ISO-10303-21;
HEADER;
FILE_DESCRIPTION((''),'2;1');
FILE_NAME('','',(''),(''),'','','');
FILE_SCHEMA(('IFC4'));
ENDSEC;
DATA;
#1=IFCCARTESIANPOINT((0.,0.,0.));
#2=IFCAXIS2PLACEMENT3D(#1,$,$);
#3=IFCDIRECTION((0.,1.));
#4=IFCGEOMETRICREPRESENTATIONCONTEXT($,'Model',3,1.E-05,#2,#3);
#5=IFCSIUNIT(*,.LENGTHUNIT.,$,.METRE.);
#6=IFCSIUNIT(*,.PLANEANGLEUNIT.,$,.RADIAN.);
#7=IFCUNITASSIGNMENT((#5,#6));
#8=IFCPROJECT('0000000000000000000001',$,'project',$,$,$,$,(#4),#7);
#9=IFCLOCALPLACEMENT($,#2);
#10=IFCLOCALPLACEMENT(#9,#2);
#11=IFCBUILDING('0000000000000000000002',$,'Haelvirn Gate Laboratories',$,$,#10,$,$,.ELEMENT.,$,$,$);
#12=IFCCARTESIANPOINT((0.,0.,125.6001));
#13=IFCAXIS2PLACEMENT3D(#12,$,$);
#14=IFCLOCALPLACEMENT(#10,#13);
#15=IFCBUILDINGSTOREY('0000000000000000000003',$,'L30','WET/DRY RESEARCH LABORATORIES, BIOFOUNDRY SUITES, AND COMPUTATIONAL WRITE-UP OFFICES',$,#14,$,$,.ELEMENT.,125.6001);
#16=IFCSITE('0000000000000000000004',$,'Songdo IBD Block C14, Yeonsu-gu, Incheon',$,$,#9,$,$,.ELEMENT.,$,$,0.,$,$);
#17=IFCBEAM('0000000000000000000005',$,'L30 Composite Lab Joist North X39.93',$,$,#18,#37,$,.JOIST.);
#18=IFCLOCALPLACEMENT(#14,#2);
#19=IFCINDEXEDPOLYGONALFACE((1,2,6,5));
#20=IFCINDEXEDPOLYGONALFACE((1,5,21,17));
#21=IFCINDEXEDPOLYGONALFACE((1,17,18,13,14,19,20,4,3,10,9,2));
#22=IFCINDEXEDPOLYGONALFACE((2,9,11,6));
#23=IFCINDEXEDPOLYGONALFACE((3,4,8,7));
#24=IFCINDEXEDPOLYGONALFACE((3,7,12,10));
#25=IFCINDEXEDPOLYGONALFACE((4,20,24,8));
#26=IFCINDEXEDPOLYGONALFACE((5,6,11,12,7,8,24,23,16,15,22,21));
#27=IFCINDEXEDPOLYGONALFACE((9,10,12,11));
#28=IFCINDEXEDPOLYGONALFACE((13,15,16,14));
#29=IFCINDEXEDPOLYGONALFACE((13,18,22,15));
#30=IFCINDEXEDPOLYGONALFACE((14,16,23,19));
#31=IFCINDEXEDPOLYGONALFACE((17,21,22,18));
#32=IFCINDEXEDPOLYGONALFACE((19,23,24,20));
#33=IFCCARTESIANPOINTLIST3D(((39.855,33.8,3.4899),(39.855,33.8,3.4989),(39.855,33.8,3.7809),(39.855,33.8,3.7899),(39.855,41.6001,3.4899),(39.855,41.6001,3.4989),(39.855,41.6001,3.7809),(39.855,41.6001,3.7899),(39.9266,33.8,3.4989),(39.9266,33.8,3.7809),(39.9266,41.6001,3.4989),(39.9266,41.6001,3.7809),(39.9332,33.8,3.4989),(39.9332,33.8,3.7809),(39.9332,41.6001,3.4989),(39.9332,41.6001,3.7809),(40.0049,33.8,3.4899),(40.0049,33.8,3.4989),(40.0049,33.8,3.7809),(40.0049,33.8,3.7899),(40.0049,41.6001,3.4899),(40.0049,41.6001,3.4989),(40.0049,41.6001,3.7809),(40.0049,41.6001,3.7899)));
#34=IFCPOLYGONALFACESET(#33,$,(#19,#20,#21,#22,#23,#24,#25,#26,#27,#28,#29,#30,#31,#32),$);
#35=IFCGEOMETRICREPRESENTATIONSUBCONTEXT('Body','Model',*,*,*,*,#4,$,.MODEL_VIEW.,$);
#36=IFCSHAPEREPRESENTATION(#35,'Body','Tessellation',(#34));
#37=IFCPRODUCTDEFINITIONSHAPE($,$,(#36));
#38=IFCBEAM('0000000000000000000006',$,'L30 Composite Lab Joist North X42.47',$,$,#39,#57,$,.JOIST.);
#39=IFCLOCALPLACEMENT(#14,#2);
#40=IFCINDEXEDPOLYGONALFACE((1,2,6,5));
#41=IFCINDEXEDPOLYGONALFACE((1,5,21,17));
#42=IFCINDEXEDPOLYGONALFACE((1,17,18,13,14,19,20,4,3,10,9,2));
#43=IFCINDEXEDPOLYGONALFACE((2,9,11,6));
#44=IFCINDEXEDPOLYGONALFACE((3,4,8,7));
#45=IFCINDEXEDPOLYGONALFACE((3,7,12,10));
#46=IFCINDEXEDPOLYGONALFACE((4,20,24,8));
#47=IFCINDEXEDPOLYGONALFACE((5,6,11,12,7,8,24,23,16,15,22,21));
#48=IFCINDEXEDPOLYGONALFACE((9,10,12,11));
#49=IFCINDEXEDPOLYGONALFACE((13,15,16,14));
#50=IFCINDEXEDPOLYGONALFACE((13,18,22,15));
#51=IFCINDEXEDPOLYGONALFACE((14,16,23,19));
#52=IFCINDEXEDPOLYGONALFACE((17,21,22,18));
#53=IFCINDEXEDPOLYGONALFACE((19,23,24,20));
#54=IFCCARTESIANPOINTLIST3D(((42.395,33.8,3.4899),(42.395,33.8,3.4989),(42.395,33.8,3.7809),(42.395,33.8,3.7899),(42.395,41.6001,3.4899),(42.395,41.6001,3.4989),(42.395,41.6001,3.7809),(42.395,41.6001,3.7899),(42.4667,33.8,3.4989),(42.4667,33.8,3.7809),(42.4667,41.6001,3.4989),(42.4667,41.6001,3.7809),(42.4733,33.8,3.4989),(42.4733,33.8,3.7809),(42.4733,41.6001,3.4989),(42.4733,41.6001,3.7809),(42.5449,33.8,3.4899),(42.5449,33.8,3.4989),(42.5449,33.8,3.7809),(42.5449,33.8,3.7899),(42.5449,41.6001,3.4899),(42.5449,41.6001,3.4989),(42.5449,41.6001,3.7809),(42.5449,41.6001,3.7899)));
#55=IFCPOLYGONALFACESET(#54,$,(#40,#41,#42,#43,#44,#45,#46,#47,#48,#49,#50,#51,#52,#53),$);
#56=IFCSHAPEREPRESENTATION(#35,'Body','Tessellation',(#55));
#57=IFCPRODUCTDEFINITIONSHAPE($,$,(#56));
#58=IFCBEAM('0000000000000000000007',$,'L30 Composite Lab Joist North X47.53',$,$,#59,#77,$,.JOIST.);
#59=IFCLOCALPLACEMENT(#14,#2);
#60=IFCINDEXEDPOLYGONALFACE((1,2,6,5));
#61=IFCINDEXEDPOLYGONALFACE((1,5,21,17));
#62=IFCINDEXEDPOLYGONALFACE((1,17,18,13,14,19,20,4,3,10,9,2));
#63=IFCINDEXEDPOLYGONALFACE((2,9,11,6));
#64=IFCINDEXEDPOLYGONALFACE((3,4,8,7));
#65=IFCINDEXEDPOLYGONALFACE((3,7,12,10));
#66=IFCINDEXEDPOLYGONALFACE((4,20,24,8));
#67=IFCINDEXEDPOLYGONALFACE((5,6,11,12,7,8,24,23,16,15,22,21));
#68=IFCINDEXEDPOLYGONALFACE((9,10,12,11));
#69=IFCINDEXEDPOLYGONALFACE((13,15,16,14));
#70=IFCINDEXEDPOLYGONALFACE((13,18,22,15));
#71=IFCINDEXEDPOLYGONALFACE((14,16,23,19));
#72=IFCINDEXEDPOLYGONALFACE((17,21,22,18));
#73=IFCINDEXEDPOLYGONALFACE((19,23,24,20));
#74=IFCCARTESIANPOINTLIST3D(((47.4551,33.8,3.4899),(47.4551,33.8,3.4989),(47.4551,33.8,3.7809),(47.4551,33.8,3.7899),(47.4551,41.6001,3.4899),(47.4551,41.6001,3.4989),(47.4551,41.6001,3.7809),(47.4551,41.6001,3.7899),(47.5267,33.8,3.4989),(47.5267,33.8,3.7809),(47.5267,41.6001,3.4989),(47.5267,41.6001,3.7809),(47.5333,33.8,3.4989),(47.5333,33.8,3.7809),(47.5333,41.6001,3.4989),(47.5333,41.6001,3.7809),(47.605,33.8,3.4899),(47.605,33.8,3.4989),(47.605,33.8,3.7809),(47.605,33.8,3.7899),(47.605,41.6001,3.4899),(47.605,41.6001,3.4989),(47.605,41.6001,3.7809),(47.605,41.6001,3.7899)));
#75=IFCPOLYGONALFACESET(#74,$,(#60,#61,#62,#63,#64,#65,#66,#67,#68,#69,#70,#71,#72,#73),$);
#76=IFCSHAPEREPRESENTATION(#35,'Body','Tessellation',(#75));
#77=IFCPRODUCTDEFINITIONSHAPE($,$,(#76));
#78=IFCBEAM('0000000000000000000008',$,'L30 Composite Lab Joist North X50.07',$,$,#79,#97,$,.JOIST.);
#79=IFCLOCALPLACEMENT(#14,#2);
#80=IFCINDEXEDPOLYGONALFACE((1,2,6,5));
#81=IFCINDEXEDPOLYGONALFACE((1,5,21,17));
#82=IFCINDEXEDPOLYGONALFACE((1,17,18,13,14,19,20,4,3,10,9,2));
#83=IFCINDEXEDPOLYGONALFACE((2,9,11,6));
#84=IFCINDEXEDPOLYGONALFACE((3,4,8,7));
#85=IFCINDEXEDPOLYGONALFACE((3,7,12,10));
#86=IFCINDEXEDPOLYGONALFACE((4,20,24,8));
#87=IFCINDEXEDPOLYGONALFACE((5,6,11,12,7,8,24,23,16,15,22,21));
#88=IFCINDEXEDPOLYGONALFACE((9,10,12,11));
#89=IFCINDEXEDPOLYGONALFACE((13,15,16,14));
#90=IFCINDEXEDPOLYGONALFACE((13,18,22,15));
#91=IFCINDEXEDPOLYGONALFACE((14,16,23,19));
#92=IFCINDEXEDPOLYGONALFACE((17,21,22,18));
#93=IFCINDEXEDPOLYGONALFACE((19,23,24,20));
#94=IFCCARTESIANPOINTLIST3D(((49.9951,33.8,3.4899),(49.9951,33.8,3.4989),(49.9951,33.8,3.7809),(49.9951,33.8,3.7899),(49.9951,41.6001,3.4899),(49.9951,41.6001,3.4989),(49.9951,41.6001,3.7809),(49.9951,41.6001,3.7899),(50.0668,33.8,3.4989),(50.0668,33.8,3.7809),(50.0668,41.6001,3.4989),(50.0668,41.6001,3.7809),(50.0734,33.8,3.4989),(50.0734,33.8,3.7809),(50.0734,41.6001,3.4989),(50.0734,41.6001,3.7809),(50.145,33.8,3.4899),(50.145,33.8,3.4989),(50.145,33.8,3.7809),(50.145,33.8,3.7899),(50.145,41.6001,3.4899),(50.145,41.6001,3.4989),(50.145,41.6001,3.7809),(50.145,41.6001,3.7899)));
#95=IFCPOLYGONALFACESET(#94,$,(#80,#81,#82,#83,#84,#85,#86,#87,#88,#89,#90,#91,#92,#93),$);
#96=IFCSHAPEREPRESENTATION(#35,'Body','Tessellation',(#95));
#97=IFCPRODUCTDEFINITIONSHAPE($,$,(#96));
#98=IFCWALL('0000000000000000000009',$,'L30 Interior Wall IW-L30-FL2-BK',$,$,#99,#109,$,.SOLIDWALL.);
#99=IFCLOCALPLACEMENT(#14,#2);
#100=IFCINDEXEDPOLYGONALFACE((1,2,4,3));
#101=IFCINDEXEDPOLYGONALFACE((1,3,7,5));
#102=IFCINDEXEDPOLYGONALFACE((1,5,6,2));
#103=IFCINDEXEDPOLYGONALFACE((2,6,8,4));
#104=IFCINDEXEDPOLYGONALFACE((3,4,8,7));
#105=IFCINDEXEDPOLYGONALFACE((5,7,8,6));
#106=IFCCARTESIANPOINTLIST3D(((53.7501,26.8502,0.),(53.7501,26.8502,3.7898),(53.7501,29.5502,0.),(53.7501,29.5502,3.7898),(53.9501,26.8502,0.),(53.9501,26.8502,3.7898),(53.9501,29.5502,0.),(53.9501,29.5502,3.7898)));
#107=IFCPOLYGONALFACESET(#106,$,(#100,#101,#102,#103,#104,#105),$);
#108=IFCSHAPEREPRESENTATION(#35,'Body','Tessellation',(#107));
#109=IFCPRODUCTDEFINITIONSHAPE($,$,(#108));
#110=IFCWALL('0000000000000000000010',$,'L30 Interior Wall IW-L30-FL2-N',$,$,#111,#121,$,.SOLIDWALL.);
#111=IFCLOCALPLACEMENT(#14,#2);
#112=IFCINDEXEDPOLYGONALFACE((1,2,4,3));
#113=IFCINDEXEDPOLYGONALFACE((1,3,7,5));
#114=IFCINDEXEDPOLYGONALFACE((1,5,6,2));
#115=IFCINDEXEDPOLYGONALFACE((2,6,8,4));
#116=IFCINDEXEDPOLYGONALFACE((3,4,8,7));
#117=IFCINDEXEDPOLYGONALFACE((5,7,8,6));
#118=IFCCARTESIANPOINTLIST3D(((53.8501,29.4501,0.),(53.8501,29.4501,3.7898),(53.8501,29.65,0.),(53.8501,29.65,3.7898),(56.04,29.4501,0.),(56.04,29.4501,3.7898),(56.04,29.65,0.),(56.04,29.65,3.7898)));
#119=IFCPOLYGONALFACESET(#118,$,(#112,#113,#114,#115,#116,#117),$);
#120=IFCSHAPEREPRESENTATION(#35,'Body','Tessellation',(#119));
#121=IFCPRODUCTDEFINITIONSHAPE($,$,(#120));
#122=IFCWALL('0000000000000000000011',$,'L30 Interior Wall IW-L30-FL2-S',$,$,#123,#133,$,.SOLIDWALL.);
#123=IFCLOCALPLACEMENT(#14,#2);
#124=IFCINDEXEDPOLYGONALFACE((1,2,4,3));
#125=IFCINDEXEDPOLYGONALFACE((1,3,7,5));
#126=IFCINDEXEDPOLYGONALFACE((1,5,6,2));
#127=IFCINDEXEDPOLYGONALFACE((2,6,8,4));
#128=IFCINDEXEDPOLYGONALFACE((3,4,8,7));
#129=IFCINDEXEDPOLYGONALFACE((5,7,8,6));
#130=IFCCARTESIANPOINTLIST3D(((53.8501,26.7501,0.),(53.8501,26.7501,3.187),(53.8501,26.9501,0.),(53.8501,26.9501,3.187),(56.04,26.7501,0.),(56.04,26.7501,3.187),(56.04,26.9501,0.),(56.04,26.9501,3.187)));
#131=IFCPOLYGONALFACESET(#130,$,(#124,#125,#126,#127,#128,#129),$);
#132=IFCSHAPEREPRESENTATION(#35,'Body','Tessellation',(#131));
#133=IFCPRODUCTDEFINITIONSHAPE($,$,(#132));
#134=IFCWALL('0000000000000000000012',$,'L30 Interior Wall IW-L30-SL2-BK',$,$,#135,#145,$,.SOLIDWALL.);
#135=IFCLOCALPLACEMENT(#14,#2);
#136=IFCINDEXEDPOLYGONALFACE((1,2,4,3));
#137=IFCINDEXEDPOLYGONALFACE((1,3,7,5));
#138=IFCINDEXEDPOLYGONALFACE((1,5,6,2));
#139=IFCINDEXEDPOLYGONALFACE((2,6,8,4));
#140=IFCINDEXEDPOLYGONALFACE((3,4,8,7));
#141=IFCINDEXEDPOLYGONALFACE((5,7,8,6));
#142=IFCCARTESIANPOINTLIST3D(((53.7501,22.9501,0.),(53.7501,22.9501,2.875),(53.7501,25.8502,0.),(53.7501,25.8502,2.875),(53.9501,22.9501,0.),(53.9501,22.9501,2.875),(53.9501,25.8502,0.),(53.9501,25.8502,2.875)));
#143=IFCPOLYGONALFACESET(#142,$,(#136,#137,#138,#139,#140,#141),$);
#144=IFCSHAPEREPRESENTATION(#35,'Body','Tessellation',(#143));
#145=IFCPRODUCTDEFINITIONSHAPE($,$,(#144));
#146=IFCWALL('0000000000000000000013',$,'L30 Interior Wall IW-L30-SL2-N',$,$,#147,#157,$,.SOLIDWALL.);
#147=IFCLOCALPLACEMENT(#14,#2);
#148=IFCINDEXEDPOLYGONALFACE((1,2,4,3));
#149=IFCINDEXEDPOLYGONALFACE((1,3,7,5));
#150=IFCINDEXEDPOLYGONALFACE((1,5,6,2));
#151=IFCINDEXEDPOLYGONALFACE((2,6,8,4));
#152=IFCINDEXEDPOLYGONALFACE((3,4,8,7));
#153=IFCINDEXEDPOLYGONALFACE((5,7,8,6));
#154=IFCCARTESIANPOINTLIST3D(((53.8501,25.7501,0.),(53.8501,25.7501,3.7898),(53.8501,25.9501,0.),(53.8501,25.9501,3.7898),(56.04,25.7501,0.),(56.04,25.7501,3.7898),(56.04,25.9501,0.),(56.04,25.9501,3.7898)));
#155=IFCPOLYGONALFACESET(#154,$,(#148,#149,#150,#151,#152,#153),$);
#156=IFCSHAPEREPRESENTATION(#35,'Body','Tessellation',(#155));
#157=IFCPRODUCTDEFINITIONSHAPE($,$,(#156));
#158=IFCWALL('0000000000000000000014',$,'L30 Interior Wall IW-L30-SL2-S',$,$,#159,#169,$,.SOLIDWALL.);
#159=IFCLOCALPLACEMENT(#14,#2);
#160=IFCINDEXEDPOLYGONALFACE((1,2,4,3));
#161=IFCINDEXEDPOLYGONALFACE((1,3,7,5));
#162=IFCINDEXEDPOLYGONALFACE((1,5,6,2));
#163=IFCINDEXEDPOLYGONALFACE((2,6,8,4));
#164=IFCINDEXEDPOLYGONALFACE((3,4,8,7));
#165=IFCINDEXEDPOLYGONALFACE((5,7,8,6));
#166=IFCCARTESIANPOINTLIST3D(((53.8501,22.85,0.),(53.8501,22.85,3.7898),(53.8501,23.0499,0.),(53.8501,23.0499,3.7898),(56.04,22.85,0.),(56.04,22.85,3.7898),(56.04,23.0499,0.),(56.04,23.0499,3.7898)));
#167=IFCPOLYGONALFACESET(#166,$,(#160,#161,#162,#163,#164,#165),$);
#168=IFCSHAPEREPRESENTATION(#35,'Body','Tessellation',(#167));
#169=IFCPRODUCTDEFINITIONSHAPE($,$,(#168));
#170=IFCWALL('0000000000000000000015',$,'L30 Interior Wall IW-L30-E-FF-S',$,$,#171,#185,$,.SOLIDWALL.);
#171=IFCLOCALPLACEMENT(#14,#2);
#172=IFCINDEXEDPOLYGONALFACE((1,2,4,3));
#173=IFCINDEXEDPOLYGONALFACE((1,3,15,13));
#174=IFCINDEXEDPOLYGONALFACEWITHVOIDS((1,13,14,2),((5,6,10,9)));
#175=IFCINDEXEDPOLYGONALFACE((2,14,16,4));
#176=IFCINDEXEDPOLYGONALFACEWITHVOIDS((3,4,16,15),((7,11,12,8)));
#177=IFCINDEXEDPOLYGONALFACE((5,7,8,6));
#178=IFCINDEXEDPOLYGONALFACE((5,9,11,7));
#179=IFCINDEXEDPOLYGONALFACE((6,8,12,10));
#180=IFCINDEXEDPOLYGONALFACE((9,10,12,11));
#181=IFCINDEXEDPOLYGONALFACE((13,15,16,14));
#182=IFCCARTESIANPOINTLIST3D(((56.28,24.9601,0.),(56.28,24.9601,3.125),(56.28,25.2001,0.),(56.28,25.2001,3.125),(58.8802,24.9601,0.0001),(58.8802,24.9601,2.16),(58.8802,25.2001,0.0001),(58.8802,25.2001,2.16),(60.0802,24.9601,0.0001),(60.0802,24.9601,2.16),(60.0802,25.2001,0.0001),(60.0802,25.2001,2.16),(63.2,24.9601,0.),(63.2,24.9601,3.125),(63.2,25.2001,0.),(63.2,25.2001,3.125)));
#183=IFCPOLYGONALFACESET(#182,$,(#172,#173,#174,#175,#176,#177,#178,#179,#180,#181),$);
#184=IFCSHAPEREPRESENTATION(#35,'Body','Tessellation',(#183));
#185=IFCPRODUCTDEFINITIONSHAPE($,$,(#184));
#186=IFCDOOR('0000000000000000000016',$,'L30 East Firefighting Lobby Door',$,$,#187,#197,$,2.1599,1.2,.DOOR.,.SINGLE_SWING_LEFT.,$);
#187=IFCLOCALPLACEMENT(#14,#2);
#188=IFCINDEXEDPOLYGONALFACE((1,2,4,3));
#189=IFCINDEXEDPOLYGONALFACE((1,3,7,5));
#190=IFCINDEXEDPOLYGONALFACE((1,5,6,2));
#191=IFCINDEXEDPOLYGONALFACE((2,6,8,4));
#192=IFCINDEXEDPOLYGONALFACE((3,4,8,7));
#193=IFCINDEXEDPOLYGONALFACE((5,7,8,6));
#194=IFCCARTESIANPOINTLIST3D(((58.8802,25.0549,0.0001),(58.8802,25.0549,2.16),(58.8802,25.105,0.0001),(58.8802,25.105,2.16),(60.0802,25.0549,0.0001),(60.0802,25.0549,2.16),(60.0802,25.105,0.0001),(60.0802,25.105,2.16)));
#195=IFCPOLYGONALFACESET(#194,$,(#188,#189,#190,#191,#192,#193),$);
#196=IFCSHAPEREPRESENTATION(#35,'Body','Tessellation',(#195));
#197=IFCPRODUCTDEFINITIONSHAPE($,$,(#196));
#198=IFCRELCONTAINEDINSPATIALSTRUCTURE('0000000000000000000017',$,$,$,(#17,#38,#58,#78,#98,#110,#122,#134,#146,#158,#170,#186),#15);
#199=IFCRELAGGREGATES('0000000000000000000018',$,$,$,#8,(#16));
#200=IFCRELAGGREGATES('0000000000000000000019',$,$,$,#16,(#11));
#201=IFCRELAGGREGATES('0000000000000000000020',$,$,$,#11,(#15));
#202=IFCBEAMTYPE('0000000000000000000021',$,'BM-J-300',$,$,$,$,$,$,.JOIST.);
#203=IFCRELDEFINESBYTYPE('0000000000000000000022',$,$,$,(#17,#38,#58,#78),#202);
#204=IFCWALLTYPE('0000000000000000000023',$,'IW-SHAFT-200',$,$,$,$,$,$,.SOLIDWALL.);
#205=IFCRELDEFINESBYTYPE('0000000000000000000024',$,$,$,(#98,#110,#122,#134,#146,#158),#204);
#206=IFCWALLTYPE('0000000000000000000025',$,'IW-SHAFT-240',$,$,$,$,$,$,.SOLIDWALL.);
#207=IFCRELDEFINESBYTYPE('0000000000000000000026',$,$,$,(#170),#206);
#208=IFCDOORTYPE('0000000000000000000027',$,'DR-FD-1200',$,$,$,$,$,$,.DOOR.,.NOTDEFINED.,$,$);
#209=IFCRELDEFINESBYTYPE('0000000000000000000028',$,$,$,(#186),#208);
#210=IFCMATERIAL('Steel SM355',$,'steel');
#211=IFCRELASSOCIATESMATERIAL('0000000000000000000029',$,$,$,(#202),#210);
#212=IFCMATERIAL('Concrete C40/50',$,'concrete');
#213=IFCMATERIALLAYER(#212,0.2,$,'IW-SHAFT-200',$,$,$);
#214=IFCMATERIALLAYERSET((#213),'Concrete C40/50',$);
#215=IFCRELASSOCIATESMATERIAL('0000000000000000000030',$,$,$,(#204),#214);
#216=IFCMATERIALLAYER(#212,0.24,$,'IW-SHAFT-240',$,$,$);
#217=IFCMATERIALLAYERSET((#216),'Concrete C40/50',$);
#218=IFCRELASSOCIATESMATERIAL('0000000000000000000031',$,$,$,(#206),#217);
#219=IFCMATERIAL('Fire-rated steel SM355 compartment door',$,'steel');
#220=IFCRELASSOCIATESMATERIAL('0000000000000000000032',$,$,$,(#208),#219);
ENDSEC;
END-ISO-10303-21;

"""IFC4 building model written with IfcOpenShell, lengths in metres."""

from ifc_helpers import new_model, si_unit, direction, frame, frame_2d, origin, origin_2d, place, context, subcontext, project, spatial, rectangle, i_section, extrude, source, transform, mapped, material, layer, layer_set, material_profile, profile_set, type_object, type_shapes, element, fill, save


model = new_model("IFC4")

# Units and contexts
model_context = context("Model", 3, precision=1e-05, world=origin(), true_north=direction((0.0, 1.0)))
body_context = subcontext(model_context, "Body", "Model", "MODEL_VIEW")
ifc_project = project(units=[si_unit("LENGTHUNIT", "METRE"), si_unit("PLANEANGLEUNIT", "RADIAN")], contexts=[model_context])

# Site, building, storey
site_placement = place(None, origin())
site = spatial("IfcSite", under=ifc_project, at=site_placement, Name="Songdo IBD Block C14, Yeonsu-gu, Incheon", CompositionType="ELEMENT", RefElevation=0.0)
building_placement = place(site_placement, origin())
building = spatial("IfcBuilding", under=site, at=building_placement, Name="Haelvirn Gate Laboratories", CompositionType="ELEMENT")
storey_placement = place(building_placement, frame((0.0, 0.0, 125.6001)))
storey = spatial("IfcBuildingStorey", under=building, at=storey_placement, Name="L30", Description="WET/DRY RESEARCH LABORATORIES, BIOFOUNDRY SUITES, AND COMPUTATIONAL WRITE-UP OFFICES", CompositionType="ELEMENT", Elevation=125.6001)

# Shared definitions
ifc_material_1 = material(Name="Steel SM355", Category="steel")

# Beams
ifc_material_profile_1 = material_profile(ifc_material_1, i_section(OverallWidth=0.1499, OverallDepth=0.3, WebThickness=0.0066, FlangeThickness=0.009, at=origin_2d()), Name="H-300x150x6.5x9")
ifc_profile_set_1 = profile_set([ifc_material_profile_1], Name="Steel SM355")
beam_type_1 = type_object("IfcBeamType", Name="BM-J-300", PredefinedType="JOIST", material=ifc_profile_set_1)
shared_shape_1 = source(origin(), body_context, "Body", "SweptSolid", [
    extrude(i_section(OverallWidth=0.1499, OverallDepth=0.3, WebThickness=0.0066, FlangeThickness=0.009, at=origin_2d()), origin(), (0.0, 0.0, 1.0), 7.8),
])
type_shapes(beam_type_1, [shared_shape_1])
for number, where, z_axis, x_axis, name in (
    (1, (39.9299, 33.8, 3.6399), (0.0, 1.0, 0.0), (-1.0, 0.0, 0.0), "L30 Composite Lab Joist North X39.93"),
    (2, (42.47, 33.8, 3.6399), (0.0, 1.0, 0.0), (-1.0, 0.0, 0.0), "L30 Composite Lab Joist North X42.47"),
    (3, (47.53, 33.8, 3.6399), (0.0, 1.0, 0.0), (-1.0, 0.0, 0.0), "L30 Composite Lab Joist North X47.53"),
    (4, (50.0701, 33.8, 3.6399), (0.0, 1.0, 0.0), (-1.0, 0.0, 0.0), "L30 Composite Lab Joist North X50.07"),
):
    element("IfcBeam", number, at=place(storey_placement, frame(where, z_axis=z_axis, x_axis=x_axis)), inside=storey, type_object=beam_type_1, Name=name, PredefinedType="JOIST", context=body_context, shape_type="MappedRepresentation", body=[
        mapped(shared_shape_1, transform((0.0, 0.0, 0.0), scale=1.0)),
    ])

# Walls
ifc_material_2 = material(Name="Concrete C40/50", Category="concrete")
ifc_layer_1 = layer(ifc_material_2, 0.2, Name="IW-SHAFT-200")
ifc_layer_set_1 = layer_set([ifc_layer_1], Name="Concrete C40/50")
wall_type_1 = type_object("IfcWallType", Name="IW-SHAFT-200", PredefinedType="SOLIDWALL", material=ifc_layer_set_1)
wall_1_placement = place(storey_placement, frame((53.8501, 26.8501, 0.0), z_axis=(0.0, 0.0, 1.0), x_axis=(0.0, 1.0, 0.0)))
element("IfcWall", 5, at=wall_1_placement, inside=storey, type_object=wall_type_1, Name="L30 Interior Wall IW-L30-FL2-BK", PredefinedType="SOLIDWALL", context=body_context, shape_type="SweptSolid", body=[
    extrude(rectangle(XDim=2.7, YDim=0.2, at=frame_2d((1.3501, 0.0))), origin(), (0.0, 0.0, 1.0), 3.7898),
])
wall_2_placement = place(storey_placement, frame((53.8501, 29.55, 0.0), z_axis=(0.0, 0.0, 1.0), x_axis=(1.0, 0.0, 0.0)))
element("IfcWall", 6, at=wall_2_placement, inside=storey, type_object=wall_type_1, Name="L30 Interior Wall IW-L30-FL2-N", PredefinedType="SOLIDWALL", context=body_context, shape_type="SweptSolid", body=[
    extrude(rectangle(XDim=2.1899, YDim=0.2, at=frame_2d((1.095, 0.0))), origin(), (0.0, 0.0, 1.0), 3.7898),
])
wall_3_placement = place(storey_placement, frame((53.8501, 26.8501, 0.0), z_axis=(0.0, 0.0, 1.0), x_axis=(1.0, 0.0, 0.0)))
element("IfcWall", 7, at=wall_3_placement, inside=storey, type_object=wall_type_1, Name="L30 Interior Wall IW-L30-FL2-S", PredefinedType="SOLIDWALL", context=body_context, shape_type="SweptSolid", body=[
    extrude(rectangle(XDim=2.1899, YDim=0.2, at=frame_2d((1.095, 0.0))), origin(), (0.0, 0.0, 1.0), 3.187),
])
wall_4_placement = place(storey_placement, frame((53.8501, 22.95, 0.0), z_axis=(0.0, 0.0, 1.0), x_axis=(0.0, 1.0, 0.0)))
element("IfcWall", 8, at=wall_4_placement, inside=storey, type_object=wall_type_1, Name="L30 Interior Wall IW-L30-SL2-BK", PredefinedType="SOLIDWALL", context=body_context, shape_type="SweptSolid", body=[
    extrude(rectangle(XDim=2.9001, YDim=0.2, at=frame_2d((1.4502, 0.0))), origin(), (0.0, 0.0, 1.0), 2.875),
])
for number, where, z_axis, x_axis, name in (
    (9, (53.8501, 25.8501, 0.0), (0.0, 0.0, 1.0), (1.0, 0.0, 0.0), "L30 Interior Wall IW-L30-SL2-N"),
    (10, (53.8501, 22.95, 0.0), (0.0, 0.0, 1.0), (1.0, 0.0, 0.0), "L30 Interior Wall IW-L30-SL2-S"),
):
    element("IfcWall", number, at=place(storey_placement, frame(where, z_axis=z_axis, x_axis=x_axis)), inside=storey, type_object=wall_type_1, Name=name, PredefinedType="SOLIDWALL", context=body_context, shape_type="SweptSolid", body=[
        extrude(rectangle(XDim=2.1899, YDim=0.2, at=frame_2d((1.095, 0.0))), origin(), (0.0, 0.0, 1.0), 3.7898),
    ])

# Wall, opening, door
ifc_layer_2 = layer(ifc_material_2, 0.24, Name="IW-SHAFT-240")
ifc_layer_set_2 = layer_set([ifc_layer_2], Name="Concrete C40/50")
wall_type_2 = type_object("IfcWallType", Name="IW-SHAFT-240", PredefinedType="SOLIDWALL", material=ifc_layer_set_2)
wall_5_placement = place(storey_placement, frame((56.28, 25.0801, 0.0), z_axis=(0.0, 0.0, 1.0), x_axis=(1.0, 0.0, 0.0)))
wall_5 = element("IfcWall", 11, at=wall_5_placement, inside=storey, type_object=wall_type_2, Name="L30 Interior Wall IW-L30-E-FF-S", PredefinedType="SOLIDWALL", context=body_context, shape_type="SweptSolid", body=[
    extrude(rectangle(XDim=6.9199, YDim=0.24, at=frame_2d((3.46, 0.0))), origin(), (0.0, 0.0, 1.0), 3.125),
])
opening_1_placement = place(wall_5_placement, frame((2.6001, 0.0, 0.0)))
opening_1 = element("IfcOpeningElement", 12, at=opening_1_placement, cuts=wall_5, PredefinedType="OPENING", context=body_context, shape_type="SweptSolid", body=[
    extrude(rectangle(XDim=1.2, YDim=2.1599, at=frame_2d((0.6001, 1.0801))), frame((0.0, 0.1299, 0.0), z_axis=(0.0, -1.0, 0.0), x_axis=(1.0, 0.0, 0.0)), (0.0, 0.0, 1.0), 0.26),
])
ifc_material_3 = material(Name="Fire-rated steel SM355 compartment door", Category="steel")
door_type_1 = type_object("IfcDoorType", Name="DR-FD-1200", OperationType="NOTDEFINED", PredefinedType="DOOR", material=ifc_material_3)
shared_shape_2 = source(origin(), body_context, "Body", "SweptSolid", [
    extrude(rectangle(XDim=1.2, YDim=2.1599, at=frame_2d((0.6001, 1.0801))), frame((0.0, 0.0249, 0.0), z_axis=(0.0, -1.0, 0.0), x_axis=(1.0, 0.0, 0.0)), (0.0, 0.0, 1.0), 0.05),
])
type_shapes(door_type_1, [shared_shape_2])
door_1_placement = place(opening_1_placement, origin())
door_1 = element("IfcDoor", 13, at=door_1_placement, inside=storey, type_object=door_type_1, Name="L30 East Firefighting Lobby Door", OperationType="SINGLE_SWING_LEFT", OverallHeight=2.1599, OverallWidth=1.2, PredefinedType="DOOR", context=body_context, shape_type="MappedRepresentation", body=[
    mapped(shared_shape_2, transform((0.0, 0.0, 0.0), scale=1.0)),
])
fill(opening_1, door_1)

save(model, "model.ifc")
